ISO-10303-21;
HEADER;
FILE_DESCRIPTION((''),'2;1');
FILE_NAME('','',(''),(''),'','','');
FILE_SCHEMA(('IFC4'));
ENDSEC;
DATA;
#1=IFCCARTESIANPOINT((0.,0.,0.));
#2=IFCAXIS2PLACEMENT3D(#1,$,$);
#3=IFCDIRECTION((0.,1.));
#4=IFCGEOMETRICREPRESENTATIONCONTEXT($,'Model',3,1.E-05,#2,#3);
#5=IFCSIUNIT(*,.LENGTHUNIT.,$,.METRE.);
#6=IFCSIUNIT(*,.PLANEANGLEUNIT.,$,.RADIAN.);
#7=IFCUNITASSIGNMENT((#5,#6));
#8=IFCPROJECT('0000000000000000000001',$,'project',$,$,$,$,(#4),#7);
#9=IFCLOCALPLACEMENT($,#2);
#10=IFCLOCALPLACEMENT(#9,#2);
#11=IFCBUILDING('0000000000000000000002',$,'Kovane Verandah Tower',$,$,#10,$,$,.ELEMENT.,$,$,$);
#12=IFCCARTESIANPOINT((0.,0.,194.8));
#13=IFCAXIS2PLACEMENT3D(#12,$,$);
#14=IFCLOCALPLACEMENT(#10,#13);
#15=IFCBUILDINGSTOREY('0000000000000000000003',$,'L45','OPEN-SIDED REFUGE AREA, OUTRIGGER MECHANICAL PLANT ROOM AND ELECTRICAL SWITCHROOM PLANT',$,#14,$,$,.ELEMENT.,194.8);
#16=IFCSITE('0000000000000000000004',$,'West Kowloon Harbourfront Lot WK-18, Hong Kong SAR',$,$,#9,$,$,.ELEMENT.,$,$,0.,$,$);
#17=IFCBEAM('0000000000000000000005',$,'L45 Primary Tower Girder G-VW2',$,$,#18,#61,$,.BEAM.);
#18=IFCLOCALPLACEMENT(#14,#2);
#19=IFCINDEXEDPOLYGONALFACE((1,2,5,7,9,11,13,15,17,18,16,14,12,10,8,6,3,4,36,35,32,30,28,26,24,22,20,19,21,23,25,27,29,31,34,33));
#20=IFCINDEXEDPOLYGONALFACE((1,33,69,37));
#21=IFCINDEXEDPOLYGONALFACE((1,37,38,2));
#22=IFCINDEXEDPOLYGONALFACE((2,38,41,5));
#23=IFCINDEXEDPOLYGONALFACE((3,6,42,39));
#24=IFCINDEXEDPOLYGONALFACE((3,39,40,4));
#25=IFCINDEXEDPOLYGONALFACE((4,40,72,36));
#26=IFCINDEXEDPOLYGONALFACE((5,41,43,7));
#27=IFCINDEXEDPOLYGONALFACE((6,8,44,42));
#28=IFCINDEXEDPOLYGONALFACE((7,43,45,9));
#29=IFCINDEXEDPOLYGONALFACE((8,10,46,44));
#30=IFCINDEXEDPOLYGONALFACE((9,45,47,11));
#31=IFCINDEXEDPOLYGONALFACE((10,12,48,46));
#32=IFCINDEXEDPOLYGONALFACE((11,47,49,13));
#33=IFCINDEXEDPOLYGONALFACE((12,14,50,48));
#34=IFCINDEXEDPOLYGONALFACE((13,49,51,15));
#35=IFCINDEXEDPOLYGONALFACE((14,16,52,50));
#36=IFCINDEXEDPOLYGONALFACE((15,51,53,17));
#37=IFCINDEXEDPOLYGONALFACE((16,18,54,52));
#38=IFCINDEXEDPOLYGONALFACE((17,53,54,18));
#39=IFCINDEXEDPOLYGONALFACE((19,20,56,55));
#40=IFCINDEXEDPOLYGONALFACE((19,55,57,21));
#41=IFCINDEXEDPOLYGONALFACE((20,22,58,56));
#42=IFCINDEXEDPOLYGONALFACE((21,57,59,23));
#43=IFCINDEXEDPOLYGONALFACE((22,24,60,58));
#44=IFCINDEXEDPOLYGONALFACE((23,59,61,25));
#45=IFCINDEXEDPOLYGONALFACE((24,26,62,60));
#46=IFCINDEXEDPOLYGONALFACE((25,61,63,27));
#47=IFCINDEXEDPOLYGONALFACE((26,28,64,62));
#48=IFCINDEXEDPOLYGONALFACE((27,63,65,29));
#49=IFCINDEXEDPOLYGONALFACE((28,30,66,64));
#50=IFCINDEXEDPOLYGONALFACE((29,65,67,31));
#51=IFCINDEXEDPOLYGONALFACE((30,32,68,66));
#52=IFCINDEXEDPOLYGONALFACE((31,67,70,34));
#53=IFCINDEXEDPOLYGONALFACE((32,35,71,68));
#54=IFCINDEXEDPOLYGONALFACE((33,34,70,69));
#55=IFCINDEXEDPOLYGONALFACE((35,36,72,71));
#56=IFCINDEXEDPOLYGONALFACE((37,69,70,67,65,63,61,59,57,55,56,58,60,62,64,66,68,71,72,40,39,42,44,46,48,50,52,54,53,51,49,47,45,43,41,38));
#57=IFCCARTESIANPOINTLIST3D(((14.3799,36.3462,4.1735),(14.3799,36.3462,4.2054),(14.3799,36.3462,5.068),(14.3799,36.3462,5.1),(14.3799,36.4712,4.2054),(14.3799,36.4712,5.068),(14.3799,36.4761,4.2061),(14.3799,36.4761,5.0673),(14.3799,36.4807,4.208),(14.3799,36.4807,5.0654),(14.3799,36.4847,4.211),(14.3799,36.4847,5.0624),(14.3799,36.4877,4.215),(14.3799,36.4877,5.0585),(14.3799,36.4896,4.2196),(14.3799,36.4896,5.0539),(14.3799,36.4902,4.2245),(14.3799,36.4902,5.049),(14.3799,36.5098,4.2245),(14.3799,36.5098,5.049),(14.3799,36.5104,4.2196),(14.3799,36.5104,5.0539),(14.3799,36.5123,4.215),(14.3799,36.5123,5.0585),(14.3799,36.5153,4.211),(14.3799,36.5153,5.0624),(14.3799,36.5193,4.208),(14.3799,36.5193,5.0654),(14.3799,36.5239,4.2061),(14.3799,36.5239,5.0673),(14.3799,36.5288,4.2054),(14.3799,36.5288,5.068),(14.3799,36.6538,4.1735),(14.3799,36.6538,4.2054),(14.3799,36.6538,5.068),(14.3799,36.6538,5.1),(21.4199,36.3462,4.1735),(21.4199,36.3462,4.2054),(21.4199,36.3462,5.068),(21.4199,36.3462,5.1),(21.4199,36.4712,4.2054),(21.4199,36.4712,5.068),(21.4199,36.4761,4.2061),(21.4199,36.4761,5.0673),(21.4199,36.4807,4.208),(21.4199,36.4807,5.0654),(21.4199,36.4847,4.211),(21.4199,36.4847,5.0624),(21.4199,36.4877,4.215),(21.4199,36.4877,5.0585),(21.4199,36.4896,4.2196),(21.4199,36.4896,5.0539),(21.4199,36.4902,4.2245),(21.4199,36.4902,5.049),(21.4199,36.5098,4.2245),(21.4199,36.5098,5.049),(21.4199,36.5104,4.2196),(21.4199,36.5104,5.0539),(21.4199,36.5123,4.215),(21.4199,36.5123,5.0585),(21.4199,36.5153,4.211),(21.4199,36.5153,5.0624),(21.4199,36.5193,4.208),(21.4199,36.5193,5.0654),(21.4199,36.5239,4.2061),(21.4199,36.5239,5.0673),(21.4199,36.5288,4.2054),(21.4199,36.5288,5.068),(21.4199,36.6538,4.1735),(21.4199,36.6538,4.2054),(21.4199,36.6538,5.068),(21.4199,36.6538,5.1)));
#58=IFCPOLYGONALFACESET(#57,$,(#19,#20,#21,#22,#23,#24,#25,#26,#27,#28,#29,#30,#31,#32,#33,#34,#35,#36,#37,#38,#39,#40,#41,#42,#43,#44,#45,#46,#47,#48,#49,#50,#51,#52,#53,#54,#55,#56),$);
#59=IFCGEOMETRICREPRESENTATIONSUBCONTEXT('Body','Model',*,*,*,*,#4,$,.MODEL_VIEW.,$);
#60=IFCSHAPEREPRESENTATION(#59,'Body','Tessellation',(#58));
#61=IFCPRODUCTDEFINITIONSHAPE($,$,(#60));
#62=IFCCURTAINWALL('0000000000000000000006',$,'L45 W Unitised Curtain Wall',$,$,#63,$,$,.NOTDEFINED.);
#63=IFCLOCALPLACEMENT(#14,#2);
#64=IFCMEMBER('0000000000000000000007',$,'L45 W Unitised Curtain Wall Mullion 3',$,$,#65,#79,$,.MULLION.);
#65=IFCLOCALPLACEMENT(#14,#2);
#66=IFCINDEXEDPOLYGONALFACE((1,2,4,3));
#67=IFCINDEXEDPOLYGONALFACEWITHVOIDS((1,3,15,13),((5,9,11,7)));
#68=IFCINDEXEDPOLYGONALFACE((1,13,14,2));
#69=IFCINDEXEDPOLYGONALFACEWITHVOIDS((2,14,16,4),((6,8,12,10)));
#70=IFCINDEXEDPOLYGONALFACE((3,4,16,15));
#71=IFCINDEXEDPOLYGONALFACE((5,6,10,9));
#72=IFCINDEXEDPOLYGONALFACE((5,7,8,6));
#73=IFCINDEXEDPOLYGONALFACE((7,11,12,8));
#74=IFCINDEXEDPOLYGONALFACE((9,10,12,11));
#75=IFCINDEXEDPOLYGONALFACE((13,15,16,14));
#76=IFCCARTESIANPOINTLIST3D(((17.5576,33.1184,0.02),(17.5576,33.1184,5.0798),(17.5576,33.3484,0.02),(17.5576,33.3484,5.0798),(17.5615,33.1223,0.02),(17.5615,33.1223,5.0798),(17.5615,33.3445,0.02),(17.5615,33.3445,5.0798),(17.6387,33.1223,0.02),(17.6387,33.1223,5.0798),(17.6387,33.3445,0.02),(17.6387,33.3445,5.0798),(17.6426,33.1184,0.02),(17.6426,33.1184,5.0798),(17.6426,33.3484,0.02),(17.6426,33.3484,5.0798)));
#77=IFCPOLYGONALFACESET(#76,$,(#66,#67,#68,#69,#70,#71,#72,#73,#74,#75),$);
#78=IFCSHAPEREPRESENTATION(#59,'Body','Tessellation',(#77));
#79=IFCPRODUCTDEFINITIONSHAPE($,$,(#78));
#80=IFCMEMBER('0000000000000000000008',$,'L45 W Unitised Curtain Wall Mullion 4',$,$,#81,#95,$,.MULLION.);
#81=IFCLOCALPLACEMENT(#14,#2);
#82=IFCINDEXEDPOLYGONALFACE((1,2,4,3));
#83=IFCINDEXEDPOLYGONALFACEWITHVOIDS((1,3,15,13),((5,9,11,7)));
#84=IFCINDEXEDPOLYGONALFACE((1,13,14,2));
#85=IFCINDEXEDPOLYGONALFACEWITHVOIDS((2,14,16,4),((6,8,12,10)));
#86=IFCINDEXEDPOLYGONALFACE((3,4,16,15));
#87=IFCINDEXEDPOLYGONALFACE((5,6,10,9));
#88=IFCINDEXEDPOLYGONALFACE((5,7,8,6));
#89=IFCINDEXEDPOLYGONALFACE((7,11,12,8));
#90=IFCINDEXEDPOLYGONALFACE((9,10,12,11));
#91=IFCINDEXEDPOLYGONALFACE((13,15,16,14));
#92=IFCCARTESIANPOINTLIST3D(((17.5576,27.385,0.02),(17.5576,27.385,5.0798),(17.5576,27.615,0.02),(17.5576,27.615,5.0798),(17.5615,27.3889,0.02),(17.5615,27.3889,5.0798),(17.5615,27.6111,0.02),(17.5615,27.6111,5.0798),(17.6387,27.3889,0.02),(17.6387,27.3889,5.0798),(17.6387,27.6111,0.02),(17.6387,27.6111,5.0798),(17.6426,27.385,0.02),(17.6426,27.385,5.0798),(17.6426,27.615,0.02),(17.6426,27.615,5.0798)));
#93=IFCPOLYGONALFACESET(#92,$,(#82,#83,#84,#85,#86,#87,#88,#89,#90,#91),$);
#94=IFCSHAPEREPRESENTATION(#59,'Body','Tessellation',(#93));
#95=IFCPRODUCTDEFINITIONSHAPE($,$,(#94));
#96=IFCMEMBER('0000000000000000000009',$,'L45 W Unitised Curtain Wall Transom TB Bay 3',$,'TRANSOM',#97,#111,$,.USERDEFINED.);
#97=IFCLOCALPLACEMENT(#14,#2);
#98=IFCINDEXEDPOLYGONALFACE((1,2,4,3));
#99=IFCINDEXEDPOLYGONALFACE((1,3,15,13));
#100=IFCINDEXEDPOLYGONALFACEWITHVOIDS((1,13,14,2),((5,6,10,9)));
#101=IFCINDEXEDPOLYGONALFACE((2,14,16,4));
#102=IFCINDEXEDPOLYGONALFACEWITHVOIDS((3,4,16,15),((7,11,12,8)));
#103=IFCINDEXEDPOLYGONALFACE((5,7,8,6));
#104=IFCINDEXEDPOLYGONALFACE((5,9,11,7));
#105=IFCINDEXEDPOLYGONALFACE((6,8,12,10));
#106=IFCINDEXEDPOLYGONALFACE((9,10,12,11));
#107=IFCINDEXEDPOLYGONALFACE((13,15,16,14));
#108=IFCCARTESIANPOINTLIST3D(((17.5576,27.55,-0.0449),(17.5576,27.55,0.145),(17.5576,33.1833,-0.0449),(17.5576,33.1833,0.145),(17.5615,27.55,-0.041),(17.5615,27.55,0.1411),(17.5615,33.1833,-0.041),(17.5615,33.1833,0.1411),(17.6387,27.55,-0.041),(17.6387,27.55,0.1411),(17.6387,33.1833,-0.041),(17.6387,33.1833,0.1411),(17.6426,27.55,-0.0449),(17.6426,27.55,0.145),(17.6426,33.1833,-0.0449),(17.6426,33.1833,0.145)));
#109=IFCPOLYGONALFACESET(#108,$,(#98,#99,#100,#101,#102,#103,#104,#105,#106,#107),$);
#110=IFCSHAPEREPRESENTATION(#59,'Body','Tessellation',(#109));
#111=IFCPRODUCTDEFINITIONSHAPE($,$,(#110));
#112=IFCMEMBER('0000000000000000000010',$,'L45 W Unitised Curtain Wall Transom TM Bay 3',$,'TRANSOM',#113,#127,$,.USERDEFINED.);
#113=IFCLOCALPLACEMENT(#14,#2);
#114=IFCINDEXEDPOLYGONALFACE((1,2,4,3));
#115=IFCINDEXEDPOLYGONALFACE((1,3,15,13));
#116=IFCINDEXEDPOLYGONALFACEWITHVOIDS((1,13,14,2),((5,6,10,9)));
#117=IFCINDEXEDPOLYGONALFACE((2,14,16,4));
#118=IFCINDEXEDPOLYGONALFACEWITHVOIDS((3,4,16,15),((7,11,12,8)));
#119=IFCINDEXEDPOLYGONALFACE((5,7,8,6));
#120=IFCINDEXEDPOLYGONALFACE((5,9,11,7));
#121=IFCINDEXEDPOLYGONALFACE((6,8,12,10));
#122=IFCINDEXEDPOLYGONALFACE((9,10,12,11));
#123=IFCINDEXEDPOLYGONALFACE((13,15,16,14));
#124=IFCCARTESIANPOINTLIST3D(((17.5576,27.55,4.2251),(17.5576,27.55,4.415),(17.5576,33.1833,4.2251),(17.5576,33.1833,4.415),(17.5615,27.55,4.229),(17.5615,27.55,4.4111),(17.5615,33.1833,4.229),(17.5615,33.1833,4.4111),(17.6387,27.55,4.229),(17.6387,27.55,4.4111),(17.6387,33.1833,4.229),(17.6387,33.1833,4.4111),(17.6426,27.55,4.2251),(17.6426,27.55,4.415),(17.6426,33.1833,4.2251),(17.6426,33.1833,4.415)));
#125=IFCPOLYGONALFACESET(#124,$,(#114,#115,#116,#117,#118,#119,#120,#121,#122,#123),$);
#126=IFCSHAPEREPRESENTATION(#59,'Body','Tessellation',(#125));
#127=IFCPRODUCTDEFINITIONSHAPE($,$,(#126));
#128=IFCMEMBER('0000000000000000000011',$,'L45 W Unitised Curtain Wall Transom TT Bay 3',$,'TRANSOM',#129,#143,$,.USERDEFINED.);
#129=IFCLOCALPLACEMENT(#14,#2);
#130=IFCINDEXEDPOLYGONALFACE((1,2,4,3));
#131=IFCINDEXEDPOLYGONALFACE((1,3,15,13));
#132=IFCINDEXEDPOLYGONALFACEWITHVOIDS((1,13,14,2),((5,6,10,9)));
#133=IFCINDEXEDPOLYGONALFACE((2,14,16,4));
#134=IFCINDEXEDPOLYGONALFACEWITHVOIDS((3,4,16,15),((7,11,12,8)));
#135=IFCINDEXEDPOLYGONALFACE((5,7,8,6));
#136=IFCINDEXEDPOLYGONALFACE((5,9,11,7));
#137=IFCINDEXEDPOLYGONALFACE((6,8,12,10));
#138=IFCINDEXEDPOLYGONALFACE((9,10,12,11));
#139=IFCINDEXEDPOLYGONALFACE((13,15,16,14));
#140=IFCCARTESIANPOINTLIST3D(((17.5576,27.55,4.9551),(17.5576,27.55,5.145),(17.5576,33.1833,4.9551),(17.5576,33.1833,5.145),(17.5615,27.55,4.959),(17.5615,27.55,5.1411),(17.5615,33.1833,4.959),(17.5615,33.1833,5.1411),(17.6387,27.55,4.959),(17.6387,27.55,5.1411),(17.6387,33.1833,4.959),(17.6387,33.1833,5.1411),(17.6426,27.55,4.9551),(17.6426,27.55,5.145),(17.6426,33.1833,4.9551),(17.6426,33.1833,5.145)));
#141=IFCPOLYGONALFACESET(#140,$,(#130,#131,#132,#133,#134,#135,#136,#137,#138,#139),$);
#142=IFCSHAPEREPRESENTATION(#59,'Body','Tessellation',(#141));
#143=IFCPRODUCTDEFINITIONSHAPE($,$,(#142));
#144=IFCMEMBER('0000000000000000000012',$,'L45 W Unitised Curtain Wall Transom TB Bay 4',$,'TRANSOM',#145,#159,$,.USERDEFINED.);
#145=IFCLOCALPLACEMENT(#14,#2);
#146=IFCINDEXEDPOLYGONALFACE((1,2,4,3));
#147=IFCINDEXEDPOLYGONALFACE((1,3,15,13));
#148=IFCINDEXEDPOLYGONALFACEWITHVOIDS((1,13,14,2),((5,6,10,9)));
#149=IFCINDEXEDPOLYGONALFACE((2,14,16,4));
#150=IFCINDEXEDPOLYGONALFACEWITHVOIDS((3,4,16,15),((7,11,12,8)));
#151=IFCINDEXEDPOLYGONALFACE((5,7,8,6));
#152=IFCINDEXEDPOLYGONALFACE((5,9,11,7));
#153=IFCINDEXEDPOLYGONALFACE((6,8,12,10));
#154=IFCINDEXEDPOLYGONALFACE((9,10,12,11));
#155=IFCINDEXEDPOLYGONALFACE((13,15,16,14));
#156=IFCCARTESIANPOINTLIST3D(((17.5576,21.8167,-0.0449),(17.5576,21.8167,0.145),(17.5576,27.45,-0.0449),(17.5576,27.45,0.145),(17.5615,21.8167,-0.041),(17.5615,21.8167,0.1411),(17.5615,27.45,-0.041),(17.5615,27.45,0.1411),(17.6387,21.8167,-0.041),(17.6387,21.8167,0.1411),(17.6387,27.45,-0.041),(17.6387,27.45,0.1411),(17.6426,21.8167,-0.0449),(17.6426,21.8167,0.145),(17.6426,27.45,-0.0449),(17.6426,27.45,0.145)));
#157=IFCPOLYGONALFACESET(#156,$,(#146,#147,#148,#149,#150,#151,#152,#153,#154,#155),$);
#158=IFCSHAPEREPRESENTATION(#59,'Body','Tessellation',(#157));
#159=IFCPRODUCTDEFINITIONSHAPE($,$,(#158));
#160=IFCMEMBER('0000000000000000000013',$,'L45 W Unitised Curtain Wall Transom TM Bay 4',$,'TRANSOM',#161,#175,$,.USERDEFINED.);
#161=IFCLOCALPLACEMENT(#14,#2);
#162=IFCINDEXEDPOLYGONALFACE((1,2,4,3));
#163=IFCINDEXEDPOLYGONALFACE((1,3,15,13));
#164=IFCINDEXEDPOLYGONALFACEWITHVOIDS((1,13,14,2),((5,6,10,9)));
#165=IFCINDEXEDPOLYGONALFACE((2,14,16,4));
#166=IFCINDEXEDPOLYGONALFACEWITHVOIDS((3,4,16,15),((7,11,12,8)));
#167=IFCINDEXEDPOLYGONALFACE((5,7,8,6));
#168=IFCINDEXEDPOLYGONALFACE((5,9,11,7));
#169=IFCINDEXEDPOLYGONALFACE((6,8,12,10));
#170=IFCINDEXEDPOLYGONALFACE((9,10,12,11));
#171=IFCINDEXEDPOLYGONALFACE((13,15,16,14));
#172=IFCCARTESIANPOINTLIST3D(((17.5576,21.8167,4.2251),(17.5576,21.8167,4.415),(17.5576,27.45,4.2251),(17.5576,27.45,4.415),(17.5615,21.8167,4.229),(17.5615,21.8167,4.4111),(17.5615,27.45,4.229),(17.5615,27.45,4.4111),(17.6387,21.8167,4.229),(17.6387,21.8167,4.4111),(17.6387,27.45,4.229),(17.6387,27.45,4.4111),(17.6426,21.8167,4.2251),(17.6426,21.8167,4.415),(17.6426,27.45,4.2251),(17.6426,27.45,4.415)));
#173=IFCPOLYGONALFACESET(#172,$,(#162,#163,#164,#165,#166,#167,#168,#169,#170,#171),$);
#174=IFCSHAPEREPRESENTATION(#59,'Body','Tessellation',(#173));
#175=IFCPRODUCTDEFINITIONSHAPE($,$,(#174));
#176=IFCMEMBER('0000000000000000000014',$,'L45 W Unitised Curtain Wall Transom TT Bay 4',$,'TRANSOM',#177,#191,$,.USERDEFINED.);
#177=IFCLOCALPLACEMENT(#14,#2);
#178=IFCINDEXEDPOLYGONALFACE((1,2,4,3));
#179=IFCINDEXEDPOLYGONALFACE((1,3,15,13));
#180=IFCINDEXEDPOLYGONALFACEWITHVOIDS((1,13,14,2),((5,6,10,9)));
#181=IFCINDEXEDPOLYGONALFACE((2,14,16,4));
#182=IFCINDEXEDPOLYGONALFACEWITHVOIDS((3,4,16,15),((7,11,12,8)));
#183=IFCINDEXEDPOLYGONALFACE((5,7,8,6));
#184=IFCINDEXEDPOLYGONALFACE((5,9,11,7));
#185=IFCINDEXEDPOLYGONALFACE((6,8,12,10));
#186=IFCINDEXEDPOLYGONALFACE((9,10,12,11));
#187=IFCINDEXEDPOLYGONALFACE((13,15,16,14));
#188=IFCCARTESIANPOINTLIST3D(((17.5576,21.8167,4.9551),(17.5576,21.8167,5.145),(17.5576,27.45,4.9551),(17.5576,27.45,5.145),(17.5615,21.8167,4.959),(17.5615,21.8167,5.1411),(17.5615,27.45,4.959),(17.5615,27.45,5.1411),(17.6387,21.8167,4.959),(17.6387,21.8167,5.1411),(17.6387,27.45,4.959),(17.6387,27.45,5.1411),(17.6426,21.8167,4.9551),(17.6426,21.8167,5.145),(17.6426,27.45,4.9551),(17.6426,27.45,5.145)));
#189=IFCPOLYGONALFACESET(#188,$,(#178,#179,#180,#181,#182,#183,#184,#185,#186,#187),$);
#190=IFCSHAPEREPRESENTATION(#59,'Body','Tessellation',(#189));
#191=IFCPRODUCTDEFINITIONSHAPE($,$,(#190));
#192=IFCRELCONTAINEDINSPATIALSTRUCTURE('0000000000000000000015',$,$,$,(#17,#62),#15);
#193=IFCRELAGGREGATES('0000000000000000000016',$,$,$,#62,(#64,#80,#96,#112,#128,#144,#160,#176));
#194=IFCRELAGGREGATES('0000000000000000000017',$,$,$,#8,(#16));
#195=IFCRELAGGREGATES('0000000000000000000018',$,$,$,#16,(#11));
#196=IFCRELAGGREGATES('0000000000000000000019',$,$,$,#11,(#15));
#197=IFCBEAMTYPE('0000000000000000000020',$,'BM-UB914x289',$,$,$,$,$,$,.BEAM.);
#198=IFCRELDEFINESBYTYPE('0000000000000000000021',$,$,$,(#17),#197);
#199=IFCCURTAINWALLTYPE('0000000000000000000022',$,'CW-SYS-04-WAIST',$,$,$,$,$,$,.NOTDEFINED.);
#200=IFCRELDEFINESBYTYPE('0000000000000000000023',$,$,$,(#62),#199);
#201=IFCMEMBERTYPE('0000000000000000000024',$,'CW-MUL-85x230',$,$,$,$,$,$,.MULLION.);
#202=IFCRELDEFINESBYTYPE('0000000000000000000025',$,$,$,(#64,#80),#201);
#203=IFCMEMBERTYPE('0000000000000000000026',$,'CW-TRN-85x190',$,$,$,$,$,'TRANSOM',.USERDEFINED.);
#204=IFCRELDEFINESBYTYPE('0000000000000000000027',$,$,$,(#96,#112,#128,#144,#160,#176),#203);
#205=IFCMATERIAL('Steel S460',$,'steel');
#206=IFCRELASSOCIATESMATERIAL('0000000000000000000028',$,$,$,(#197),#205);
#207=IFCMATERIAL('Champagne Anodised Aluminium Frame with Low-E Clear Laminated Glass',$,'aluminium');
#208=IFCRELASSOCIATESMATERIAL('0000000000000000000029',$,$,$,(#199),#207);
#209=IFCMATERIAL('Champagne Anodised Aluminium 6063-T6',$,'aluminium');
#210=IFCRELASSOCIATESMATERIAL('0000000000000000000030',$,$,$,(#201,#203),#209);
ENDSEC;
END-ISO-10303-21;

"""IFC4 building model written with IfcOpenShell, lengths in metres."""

from ifc_helpers import new_model, si_unit, direction, frame, origin, origin_2d, place, context, subcontext, project, spatial, hollow_rectangle, i_section, extrude, material, material_profile, profile_set, type_object, element, aggregate, save


model = new_model("IFC4")

# Units and contexts
model_context = context("Model", 3, precision=1e-05, world=origin(), true_north=direction((0.0, 1.0)))
body_context = subcontext(model_context, "Body", "Model", "MODEL_VIEW")
ifc_project = project(units=[si_unit("LENGTHUNIT", "METRE"), si_unit("PLANEANGLEUNIT", "RADIAN")], contexts=[model_context])

# Site, building, storey
site_placement = place(None, origin())
site = spatial("IfcSite", under=ifc_project, at=site_placement, Name="West Kowloon Harbourfront Lot WK-18, Hong Kong SAR", CompositionType="ELEMENT", RefElevation=0.0)
building_placement = place(site_placement, origin())
building = spatial("IfcBuilding", under=site, at=building_placement, Name="Kovane Verandah Tower", CompositionType="ELEMENT")
storey_placement = place(building_placement, frame((0.0, 0.0, 194.8)))
storey = spatial("IfcBuildingStorey", under=building, at=storey_placement, Name="L45", Description="OPEN-SIDED REFUGE AREA, OUTRIGGER MECHANICAL PLANT ROOM AND ELECTRICAL SWITCHROOM PLANT", CompositionType="ELEMENT", Elevation=194.8)

# Shared definitions
ifc_material_1 = material(Name="Steel S460", Category="steel")

# Beam
ifc_material_profile_1 = material_profile(ifc_material_1, i_section(OverallWidth=0.3076, OverallDepth=0.9265, WebThickness=0.0195, FlangeThickness=0.032, FilletRadius=0.019, at=origin_2d()), Name="UB914x305x289")
ifc_profile_set_1 = profile_set([ifc_material_profile_1], Name="Steel S460")
beam_type_1 = type_object("IfcBeamType", Name="BM-UB914x289", PredefinedType="BEAM", material=ifc_profile_set_1)
for number, where, z_axis, x_axis, name in (
    (1, (21.4199, 36.5, 4.6367), (-1.0, 0.0, 0.0), (0.0, -1.0, 0.0), "L45 Primary Tower Girder G-VW2"),
):
    element("IfcBeam", number, at=place(storey_placement, frame(where, z_axis=z_axis, x_axis=x_axis)), inside=storey, type_object=beam_type_1, Name=name, PredefinedType="BEAM", context=body_context, shape_type="SweptSolid", body=[
        extrude(i_section(OverallWidth=0.3076, OverallDepth=0.9265, WebThickness=0.0195, FlangeThickness=0.032, FilletRadius=0.019, at=origin_2d()), origin(), (0.0, 0.0, 1.0), 7.04),
    ])

# Curtain wall, members
ifc_material_2 = material(Name="Champagne Anodised Aluminium Frame with Low-E Clear Laminated Glass", Category="aluminium")
curtain_wall_type = type_object("IfcCurtainWallType", Name="CW-SYS-04-WAIST", PredefinedType="NOTDEFINED", material=ifc_material_2)
curtain_wall_placement = place(storey_placement, origin())
curtain_wall = element("IfcCurtainWall", 2, at=curtain_wall_placement, inside=storey, type_object=curtain_wall_type, Name="L45 W Unitised Curtain Wall", PredefinedType="NOTDEFINED")
ifc_material_3 = material(Name="Champagne Anodised Aluminium 6063-T6", Category="aluminium")
ifc_material_profile_2 = material_profile(ifc_material_3, hollow_rectangle(XDim=0.085, YDim=0.23, WallThickness=0.0039, at=origin_2d()), Name="AL85x230x4")
ifc_profile_set_2 = profile_set([ifc_material_profile_2], Name="Champagne Anodised Aluminium 6063-T6")
member_type_1 = type_object("IfcMemberType", Name="CW-MUL-85x230", PredefinedType="MULLION", material=ifc_profile_set_2)
member_1_placement = place(storey_placement, frame((17.6001, 33.2334, 0.02), z_axis=(0.0, 0.0, 1.0), x_axis=(-1.0, 0.0, 0.0)))
member_1 = element("IfcMember", 3, at=member_1_placement, type_object=member_type_1, Name="L45 W Unitised Curtain Wall Mullion 3", PredefinedType="MULLION", context=body_context, shape_type="SweptSolid", body=[
    extrude(hollow_rectangle(XDim=0.085, YDim=0.23, WallThickness=0.0039, at=origin_2d()), origin(), (0.0, 0.0, 1.0), 5.0598),
])
member_2_placement = place(storey_placement, frame((17.6001, 27.5, 0.02), z_axis=(0.0, 0.0, 1.0), x_axis=(-1.0, 0.0, 0.0)))
member_2 = element("IfcMember", 4, at=member_2_placement, type_object=member_type_1, Name="L45 W Unitised Curtain Wall Mullion 4", PredefinedType="MULLION", context=body_context, shape_type="SweptSolid", body=[
    extrude(hollow_rectangle(XDim=0.085, YDim=0.23, WallThickness=0.0039, at=origin_2d()), origin(), (0.0, 0.0, 1.0), 5.0598),
])
ifc_material_profile_3 = material_profile(ifc_material_3, hollow_rectangle(XDim=0.085, YDim=0.1899, WallThickness=0.0039, at=origin_2d()), Name="AL85x190x4")
ifc_profile_set_3 = profile_set([ifc_material_profile_3], Name="Champagne Anodised Aluminium 6063-T6")
member_type_2 = type_object("IfcMemberType", Name="CW-TRN-85x190", ElementType="TRANSOM", PredefinedType="USERDEFINED", material=ifc_profile_set_3)
member_3_placement = place(storey_placement, frame((17.6001, 33.1833, 0.05), z_axis=(0.0, -1.0, 0.0), x_axis=(1.0, 0.0, 0.0)))
member_3 = element("IfcMember", 5, at=member_3_placement, type_object=member_type_2, Name="L45 W Unitised Curtain Wall Transom TB Bay 3", ObjectType="TRANSOM", PredefinedType="USERDEFINED", context=body_context, shape_type="SweptSolid", body=[
    extrude(hollow_rectangle(XDim=0.085, YDim=0.1899, WallThickness=0.0039, at=origin_2d()), origin(), (0.0, 0.0, 1.0), 5.6333),
])
member_4_placement = place(storey_placement, frame((17.6001, 33.1833, 4.3201), z_axis=(0.0, -1.0, 0.0), x_axis=(1.0, 0.0, 0.0)))
member_4 = element("IfcMember", 6, at=member_4_placement, type_object=member_type_2, Name="L45 W Unitised Curtain Wall Transom TM Bay 3", ObjectType="TRANSOM", PredefinedType="USERDEFINED", context=body_context, shape_type="SweptSolid", body=[
    extrude(hollow_rectangle(XDim=0.085, YDim=0.1899, WallThickness=0.0039, at=origin_2d()), origin(), (0.0, 0.0, 1.0), 5.6333),
])
member_5_placement = place(storey_placement, frame((17.6001, 33.1833, 5.05), z_axis=(0.0, -1.0, 0.0), x_axis=(1.0, 0.0, 0.0)))
member_5 = element("IfcMember", 7, at=member_5_placement, type_object=member_type_2, Name="L45 W Unitised Curtain Wall Transom TT Bay 3", ObjectType="TRANSOM", PredefinedType="USERDEFINED", context=body_context, shape_type="SweptSolid", body=[
    extrude(hollow_rectangle(XDim=0.085, YDim=0.1899, WallThickness=0.0039, at=origin_2d()), origin(), (0.0, 0.0, 1.0), 5.6333),
])
member_6_placement = place(storey_placement, frame((17.6001, 27.45, 0.05), z_axis=(0.0, -1.0, 0.0), x_axis=(1.0, 0.0, 0.0)))
member_6 = element("IfcMember", 8, at=member_6_placement, type_object=member_type_2, Name="L45 W Unitised Curtain Wall Transom TB Bay 4", ObjectType="TRANSOM", PredefinedType="USERDEFINED", context=body_context, shape_type="SweptSolid", body=[
    extrude(hollow_rectangle(XDim=0.085, YDim=0.1899, WallThickness=0.0039, at=origin_2d()), origin(), (0.0, 0.0, 1.0), 5.6333),
])
member_7_placement = place(storey_placement, frame((17.6001, 27.45, 4.3201), z_axis=(0.0, -1.0, 0.0), x_axis=(1.0, 0.0, 0.0)))
member_7 = element("IfcMember", 9, at=member_7_placement, type_object=member_type_2, Name="L45 W Unitised Curtain Wall Transom TM Bay 4", ObjectType="TRANSOM", PredefinedType="USERDEFINED", context=body_context, shape_type="SweptSolid", body=[
    extrude(hollow_rectangle(XDim=0.085, YDim=0.1899, WallThickness=0.0039, at=origin_2d()), origin(), (0.0, 0.0, 1.0), 5.6333),
])
member_8_placement = place(storey_placement, frame((17.6001, 27.45, 5.05), z_axis=(0.0, -1.0, 0.0), x_axis=(1.0, 0.0, 0.0)))
member_8 = element("IfcMember", 10, at=member_8_placement, type_object=member_type_2, Name="L45 W Unitised Curtain Wall Transom TT Bay 4", ObjectType="TRANSOM", PredefinedType="USERDEFINED", context=body_context, shape_type="SweptSolid", body=[
    extrude(hollow_rectangle(XDim=0.085, YDim=0.1899, WallThickness=0.0039, at=origin_2d()), origin(), (0.0, 0.0, 1.0), 5.6333),
])

aggregate(curtain_wall, [member_1, member_2, member_3, member_4, member_5, member_6, member_7, member_8])

save(model, "model.ifc")
